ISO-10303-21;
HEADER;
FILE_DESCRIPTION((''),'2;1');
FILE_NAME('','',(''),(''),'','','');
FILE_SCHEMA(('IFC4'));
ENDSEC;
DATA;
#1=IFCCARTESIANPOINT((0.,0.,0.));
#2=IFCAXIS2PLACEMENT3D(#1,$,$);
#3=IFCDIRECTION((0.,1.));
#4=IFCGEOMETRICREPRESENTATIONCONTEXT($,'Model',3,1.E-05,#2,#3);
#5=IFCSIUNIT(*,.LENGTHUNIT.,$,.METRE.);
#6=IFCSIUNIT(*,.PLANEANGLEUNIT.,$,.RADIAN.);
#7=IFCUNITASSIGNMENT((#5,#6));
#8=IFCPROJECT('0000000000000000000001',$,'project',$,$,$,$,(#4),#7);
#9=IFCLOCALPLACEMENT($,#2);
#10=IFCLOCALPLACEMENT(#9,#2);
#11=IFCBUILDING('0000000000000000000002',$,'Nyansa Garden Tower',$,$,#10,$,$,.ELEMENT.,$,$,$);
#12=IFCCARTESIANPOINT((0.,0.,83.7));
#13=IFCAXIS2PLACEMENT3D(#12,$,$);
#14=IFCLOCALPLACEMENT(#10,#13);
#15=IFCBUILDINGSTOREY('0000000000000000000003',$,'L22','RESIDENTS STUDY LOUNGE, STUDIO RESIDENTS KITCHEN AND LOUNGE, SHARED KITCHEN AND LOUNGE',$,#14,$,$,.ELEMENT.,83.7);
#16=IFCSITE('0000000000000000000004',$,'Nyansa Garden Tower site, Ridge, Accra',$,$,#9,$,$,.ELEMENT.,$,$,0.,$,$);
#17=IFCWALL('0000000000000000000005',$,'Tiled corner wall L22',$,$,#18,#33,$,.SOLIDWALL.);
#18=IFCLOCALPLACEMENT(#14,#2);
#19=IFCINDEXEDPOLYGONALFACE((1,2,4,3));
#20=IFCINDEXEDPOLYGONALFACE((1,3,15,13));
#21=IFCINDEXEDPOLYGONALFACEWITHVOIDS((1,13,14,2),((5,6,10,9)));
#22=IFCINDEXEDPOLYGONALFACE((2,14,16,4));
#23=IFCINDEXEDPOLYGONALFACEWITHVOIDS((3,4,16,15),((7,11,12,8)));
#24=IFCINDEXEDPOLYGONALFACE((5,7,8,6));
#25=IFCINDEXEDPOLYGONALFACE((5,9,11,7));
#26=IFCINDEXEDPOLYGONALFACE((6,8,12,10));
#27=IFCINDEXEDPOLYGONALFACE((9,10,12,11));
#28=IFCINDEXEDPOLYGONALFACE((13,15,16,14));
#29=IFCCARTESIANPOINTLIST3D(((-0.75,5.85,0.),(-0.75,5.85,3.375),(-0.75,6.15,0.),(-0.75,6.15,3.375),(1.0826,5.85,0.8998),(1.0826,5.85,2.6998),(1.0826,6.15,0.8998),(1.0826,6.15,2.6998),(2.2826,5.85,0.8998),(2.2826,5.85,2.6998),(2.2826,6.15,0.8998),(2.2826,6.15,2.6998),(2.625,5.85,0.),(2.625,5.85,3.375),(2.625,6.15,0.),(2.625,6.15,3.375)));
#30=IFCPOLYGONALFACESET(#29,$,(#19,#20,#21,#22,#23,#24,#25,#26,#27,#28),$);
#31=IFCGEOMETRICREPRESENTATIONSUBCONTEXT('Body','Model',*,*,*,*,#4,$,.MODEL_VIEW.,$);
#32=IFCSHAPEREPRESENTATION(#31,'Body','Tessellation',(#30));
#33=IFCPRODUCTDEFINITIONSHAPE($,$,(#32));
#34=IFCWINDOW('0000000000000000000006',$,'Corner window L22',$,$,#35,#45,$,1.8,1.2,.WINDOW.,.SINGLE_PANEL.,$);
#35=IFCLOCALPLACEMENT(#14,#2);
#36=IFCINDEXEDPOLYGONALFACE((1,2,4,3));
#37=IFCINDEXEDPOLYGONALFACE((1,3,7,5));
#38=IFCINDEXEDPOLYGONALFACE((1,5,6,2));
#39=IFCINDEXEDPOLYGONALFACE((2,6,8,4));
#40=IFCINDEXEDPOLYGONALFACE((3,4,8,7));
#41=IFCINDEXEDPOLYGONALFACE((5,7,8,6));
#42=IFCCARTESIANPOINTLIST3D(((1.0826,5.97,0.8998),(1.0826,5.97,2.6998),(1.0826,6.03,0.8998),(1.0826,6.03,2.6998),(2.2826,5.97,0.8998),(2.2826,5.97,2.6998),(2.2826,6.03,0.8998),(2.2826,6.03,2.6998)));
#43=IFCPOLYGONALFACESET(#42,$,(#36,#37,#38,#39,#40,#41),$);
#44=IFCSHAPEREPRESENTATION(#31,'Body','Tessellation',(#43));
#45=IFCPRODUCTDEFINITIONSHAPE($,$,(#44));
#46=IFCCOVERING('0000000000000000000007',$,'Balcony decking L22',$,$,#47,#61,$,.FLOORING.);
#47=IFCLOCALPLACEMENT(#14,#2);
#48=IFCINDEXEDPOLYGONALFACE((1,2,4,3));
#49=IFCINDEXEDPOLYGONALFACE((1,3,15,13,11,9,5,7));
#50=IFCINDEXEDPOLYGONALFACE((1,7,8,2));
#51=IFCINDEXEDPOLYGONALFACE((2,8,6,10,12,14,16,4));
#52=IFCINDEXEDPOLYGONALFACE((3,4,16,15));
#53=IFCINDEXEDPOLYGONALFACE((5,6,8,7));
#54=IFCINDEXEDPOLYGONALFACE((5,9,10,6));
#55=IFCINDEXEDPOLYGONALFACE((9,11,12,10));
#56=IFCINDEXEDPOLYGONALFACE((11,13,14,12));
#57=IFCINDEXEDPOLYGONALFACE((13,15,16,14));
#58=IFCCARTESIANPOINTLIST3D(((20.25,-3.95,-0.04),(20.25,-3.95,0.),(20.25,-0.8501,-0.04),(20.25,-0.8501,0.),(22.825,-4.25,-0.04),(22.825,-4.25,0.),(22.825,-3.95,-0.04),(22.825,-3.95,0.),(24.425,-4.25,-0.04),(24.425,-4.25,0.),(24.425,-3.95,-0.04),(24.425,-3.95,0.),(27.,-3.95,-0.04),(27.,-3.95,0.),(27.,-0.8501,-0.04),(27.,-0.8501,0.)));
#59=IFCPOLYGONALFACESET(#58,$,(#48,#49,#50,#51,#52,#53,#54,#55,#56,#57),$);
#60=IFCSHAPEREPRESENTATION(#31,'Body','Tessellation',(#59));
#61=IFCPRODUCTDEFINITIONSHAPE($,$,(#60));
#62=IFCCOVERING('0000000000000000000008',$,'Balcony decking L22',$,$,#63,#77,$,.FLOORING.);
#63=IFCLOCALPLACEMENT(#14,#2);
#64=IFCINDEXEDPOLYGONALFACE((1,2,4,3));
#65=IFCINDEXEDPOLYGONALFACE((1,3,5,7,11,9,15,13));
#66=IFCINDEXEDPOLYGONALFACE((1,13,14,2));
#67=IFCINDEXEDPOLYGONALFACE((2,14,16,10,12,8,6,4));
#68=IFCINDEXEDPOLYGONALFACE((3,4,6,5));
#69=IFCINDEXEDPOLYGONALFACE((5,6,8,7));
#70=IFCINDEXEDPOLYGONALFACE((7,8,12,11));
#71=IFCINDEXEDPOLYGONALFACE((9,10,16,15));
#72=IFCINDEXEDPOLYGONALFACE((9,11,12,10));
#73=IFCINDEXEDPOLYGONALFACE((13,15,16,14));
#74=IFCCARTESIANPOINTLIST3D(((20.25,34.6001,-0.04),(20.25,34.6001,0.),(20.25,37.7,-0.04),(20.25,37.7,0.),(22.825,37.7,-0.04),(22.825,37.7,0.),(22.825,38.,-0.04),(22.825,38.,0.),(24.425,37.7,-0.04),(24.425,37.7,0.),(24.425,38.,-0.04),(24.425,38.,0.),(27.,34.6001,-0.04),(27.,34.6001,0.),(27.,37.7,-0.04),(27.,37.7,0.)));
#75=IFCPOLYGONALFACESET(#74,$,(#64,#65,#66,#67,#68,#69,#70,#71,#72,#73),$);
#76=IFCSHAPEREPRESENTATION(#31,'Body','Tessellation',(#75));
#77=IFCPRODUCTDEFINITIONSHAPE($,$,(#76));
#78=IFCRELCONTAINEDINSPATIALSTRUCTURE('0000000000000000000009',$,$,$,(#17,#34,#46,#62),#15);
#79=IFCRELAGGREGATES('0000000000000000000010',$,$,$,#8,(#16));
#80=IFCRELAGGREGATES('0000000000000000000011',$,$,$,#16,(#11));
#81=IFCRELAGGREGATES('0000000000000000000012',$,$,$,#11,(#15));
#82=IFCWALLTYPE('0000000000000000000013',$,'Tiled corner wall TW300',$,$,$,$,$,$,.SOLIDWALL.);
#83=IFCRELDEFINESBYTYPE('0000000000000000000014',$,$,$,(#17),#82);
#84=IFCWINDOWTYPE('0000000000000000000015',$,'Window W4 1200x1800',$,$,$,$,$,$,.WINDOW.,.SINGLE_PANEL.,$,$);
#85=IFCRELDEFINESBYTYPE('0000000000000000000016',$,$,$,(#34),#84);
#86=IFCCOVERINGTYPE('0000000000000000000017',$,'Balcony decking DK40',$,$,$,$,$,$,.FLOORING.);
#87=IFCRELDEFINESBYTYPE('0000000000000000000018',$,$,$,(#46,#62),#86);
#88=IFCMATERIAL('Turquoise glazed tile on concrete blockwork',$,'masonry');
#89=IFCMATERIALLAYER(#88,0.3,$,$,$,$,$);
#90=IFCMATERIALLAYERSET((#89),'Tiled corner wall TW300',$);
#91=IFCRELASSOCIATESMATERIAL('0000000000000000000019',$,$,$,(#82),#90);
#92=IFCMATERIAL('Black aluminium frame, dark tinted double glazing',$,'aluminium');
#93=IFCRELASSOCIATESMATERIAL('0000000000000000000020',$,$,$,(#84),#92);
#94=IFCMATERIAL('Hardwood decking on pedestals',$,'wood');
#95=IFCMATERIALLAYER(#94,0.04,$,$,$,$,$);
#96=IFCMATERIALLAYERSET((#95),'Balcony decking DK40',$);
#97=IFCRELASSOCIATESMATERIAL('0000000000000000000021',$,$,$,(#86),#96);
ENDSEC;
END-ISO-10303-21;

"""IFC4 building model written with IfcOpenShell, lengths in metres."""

from ifc_helpers import new_model, si_unit, direction, frame, frame_2d, origin, place, context, subcontext, project, spatial, polyline, rectangle, outline, extrude, material, layer, layer_set, type_object, element, fill, save


model = new_model("IFC4")

# Units and contexts
model_context = context("Model", 3, precision=1e-05, world=origin(), true_north=direction((0.0, 1.0)))
body_context = subcontext(model_context, "Body", "Model", "MODEL_VIEW")
ifc_project = project(units=[si_unit("LENGTHUNIT", "METRE"), si_unit("PLANEANGLEUNIT", "RADIAN")], contexts=[model_context])

# Site, building, storey
site_placement = place(None, origin())
site = spatial("IfcSite", under=ifc_project, at=site_placement, Name="Nyansa Garden Tower site, Ridge, Accra", CompositionType="ELEMENT", RefElevation=0.0)
building_placement = place(site_placement, origin())
building = spatial("IfcBuilding", under=site, at=building_placement, Name="Nyansa Garden Tower", CompositionType="ELEMENT")
storey_placement = place(building_placement, frame((0.0, 0.0, 83.7)))
storey = spatial("IfcBuildingStorey", under=building, at=storey_placement, Name="L22", Description="RESIDENTS STUDY LOUNGE, STUDIO RESIDENTS KITCHEN AND LOUNGE, SHARED KITCHEN AND LOUNGE", CompositionType="ELEMENT", Elevation=83.7)

# Wall, opening, window
ifc_material_1 = material(Name="Turquoise glazed tile on concrete blockwork", Category="masonry")
ifc_layer_1 = layer(ifc_material_1, 0.3)
ifc_layer_set_1 = layer_set([ifc_layer_1], Name="Tiled corner wall TW300")
wall_type = type_object("IfcWallType", Name="Tiled corner wall TW300", PredefinedType="SOLIDWALL", material=ifc_layer_set_1)
wall_placement = place(storey_placement, frame((-0.75, 6.0, 0.0), z_axis=(0.0, 0.0, 1.0), x_axis=(1.0, 0.0, 0.0)))
wall = element("IfcWall", 1, at=wall_placement, inside=storey, type_object=wall_type, Name="Tiled corner wall L22", PredefinedType="SOLIDWALL", context=body_context, shape_type="SweptSolid", body=[
    extrude(rectangle(XDim=3.375, YDim=0.3, at=frame_2d((1.6875, 0.0))), origin(), (0.0, 0.0, 1.0), 3.375),
])
opening_placement = place(wall_placement, frame((1.8325, 0.0, 0.8999)))
opening = element("IfcOpeningElement", 2, at=opening_placement, cuts=wall, PredefinedType="OPENING", context=body_context, shape_type="SweptSolid", body=[
    extrude(rectangle(XDim=1.2, YDim=1.8, at=frame_2d((0.6001, 0.8999))), frame((0.0, 0.1599, 0.0), z_axis=(0.0, -1.0, 0.0), x_axis=(1.0, 0.0, 0.0)), (0.0, 0.0, 1.0), 0.3201),
])
ifc_material_2 = material(Name="Black aluminium frame, dark tinted double glazing", Category="aluminium")
window_type = type_object("IfcWindowType", Name="Window W4 1200x1800", PartitioningType="SINGLE_PANEL", PredefinedType="WINDOW", material=ifc_material_2)
window_placement = place(opening_placement, origin())
window = element("IfcWindow", 3, at=window_placement, inside=storey, type_object=window_type, Name="Corner window L22", OverallHeight=1.8, OverallWidth=1.2, PartitioningType="SINGLE_PANEL", PredefinedType="WINDOW", context=body_context, shape_type="SweptSolid", body=[
    extrude(rectangle(XDim=1.2, YDim=1.8, at=frame_2d((0.6001, 0.8999))), frame((0.0, 0.03, 0.0), z_axis=(0.0, -1.0, 0.0), x_axis=(1.0, 0.0, 0.0)), (0.0, 0.0, 1.0), 0.0601),
])
fill(opening, window)

# Coverings
ifc_material_3 = material(Name="Hardwood decking on pedestals", Category="wood")
ifc_layer_2 = layer(ifc_material_3, 0.04)
ifc_layer_set_2 = layer_set([ifc_layer_2], Name="Balcony decking DK40")
covering_type = type_object("IfcCoveringType", Name="Balcony decking DK40", PredefinedType="FLOORING", material=ifc_layer_set_2)
covering_1_placement = place(storey_placement, frame((0.0, 0.0, -0.04)))
element("IfcCovering", 4, at=covering_1_placement, inside=storey, type_object=covering_type, Name="Balcony decking L22", PredefinedType="FLOORING", context=body_context, shape_type="SweptSolid", body=[
    extrude(outline(polyline([(20.25, -0.8501), (27.0, -0.8501), (27.0, -3.95), (24.425, -3.95), (24.425, -4.25), (22.825, -4.25), (22.825, -3.95), (20.25, -3.95), (20.25, -0.8501)])), origin(), (0.0, 0.0, 1.0), 0.04),
])
covering_2_placement = place(storey_placement, frame((0.0, 0.0, -0.04)))
element("IfcCovering", 5, at=covering_2_placement, inside=storey, type_object=covering_type, Name="Balcony decking L22", PredefinedType="FLOORING", context=body_context, shape_type="SweptSolid", body=[
    extrude(outline(polyline([(20.25, 34.6001), (27.0, 34.6001), (27.0, 37.7), (24.425, 37.7), (24.425, 38.0), (22.825, 38.0), (22.825, 37.7), (20.25, 37.7), (20.25, 34.6001)])), origin(), (0.0, 0.0, 1.0), 0.04),
])

save(model, "model.ifc")
